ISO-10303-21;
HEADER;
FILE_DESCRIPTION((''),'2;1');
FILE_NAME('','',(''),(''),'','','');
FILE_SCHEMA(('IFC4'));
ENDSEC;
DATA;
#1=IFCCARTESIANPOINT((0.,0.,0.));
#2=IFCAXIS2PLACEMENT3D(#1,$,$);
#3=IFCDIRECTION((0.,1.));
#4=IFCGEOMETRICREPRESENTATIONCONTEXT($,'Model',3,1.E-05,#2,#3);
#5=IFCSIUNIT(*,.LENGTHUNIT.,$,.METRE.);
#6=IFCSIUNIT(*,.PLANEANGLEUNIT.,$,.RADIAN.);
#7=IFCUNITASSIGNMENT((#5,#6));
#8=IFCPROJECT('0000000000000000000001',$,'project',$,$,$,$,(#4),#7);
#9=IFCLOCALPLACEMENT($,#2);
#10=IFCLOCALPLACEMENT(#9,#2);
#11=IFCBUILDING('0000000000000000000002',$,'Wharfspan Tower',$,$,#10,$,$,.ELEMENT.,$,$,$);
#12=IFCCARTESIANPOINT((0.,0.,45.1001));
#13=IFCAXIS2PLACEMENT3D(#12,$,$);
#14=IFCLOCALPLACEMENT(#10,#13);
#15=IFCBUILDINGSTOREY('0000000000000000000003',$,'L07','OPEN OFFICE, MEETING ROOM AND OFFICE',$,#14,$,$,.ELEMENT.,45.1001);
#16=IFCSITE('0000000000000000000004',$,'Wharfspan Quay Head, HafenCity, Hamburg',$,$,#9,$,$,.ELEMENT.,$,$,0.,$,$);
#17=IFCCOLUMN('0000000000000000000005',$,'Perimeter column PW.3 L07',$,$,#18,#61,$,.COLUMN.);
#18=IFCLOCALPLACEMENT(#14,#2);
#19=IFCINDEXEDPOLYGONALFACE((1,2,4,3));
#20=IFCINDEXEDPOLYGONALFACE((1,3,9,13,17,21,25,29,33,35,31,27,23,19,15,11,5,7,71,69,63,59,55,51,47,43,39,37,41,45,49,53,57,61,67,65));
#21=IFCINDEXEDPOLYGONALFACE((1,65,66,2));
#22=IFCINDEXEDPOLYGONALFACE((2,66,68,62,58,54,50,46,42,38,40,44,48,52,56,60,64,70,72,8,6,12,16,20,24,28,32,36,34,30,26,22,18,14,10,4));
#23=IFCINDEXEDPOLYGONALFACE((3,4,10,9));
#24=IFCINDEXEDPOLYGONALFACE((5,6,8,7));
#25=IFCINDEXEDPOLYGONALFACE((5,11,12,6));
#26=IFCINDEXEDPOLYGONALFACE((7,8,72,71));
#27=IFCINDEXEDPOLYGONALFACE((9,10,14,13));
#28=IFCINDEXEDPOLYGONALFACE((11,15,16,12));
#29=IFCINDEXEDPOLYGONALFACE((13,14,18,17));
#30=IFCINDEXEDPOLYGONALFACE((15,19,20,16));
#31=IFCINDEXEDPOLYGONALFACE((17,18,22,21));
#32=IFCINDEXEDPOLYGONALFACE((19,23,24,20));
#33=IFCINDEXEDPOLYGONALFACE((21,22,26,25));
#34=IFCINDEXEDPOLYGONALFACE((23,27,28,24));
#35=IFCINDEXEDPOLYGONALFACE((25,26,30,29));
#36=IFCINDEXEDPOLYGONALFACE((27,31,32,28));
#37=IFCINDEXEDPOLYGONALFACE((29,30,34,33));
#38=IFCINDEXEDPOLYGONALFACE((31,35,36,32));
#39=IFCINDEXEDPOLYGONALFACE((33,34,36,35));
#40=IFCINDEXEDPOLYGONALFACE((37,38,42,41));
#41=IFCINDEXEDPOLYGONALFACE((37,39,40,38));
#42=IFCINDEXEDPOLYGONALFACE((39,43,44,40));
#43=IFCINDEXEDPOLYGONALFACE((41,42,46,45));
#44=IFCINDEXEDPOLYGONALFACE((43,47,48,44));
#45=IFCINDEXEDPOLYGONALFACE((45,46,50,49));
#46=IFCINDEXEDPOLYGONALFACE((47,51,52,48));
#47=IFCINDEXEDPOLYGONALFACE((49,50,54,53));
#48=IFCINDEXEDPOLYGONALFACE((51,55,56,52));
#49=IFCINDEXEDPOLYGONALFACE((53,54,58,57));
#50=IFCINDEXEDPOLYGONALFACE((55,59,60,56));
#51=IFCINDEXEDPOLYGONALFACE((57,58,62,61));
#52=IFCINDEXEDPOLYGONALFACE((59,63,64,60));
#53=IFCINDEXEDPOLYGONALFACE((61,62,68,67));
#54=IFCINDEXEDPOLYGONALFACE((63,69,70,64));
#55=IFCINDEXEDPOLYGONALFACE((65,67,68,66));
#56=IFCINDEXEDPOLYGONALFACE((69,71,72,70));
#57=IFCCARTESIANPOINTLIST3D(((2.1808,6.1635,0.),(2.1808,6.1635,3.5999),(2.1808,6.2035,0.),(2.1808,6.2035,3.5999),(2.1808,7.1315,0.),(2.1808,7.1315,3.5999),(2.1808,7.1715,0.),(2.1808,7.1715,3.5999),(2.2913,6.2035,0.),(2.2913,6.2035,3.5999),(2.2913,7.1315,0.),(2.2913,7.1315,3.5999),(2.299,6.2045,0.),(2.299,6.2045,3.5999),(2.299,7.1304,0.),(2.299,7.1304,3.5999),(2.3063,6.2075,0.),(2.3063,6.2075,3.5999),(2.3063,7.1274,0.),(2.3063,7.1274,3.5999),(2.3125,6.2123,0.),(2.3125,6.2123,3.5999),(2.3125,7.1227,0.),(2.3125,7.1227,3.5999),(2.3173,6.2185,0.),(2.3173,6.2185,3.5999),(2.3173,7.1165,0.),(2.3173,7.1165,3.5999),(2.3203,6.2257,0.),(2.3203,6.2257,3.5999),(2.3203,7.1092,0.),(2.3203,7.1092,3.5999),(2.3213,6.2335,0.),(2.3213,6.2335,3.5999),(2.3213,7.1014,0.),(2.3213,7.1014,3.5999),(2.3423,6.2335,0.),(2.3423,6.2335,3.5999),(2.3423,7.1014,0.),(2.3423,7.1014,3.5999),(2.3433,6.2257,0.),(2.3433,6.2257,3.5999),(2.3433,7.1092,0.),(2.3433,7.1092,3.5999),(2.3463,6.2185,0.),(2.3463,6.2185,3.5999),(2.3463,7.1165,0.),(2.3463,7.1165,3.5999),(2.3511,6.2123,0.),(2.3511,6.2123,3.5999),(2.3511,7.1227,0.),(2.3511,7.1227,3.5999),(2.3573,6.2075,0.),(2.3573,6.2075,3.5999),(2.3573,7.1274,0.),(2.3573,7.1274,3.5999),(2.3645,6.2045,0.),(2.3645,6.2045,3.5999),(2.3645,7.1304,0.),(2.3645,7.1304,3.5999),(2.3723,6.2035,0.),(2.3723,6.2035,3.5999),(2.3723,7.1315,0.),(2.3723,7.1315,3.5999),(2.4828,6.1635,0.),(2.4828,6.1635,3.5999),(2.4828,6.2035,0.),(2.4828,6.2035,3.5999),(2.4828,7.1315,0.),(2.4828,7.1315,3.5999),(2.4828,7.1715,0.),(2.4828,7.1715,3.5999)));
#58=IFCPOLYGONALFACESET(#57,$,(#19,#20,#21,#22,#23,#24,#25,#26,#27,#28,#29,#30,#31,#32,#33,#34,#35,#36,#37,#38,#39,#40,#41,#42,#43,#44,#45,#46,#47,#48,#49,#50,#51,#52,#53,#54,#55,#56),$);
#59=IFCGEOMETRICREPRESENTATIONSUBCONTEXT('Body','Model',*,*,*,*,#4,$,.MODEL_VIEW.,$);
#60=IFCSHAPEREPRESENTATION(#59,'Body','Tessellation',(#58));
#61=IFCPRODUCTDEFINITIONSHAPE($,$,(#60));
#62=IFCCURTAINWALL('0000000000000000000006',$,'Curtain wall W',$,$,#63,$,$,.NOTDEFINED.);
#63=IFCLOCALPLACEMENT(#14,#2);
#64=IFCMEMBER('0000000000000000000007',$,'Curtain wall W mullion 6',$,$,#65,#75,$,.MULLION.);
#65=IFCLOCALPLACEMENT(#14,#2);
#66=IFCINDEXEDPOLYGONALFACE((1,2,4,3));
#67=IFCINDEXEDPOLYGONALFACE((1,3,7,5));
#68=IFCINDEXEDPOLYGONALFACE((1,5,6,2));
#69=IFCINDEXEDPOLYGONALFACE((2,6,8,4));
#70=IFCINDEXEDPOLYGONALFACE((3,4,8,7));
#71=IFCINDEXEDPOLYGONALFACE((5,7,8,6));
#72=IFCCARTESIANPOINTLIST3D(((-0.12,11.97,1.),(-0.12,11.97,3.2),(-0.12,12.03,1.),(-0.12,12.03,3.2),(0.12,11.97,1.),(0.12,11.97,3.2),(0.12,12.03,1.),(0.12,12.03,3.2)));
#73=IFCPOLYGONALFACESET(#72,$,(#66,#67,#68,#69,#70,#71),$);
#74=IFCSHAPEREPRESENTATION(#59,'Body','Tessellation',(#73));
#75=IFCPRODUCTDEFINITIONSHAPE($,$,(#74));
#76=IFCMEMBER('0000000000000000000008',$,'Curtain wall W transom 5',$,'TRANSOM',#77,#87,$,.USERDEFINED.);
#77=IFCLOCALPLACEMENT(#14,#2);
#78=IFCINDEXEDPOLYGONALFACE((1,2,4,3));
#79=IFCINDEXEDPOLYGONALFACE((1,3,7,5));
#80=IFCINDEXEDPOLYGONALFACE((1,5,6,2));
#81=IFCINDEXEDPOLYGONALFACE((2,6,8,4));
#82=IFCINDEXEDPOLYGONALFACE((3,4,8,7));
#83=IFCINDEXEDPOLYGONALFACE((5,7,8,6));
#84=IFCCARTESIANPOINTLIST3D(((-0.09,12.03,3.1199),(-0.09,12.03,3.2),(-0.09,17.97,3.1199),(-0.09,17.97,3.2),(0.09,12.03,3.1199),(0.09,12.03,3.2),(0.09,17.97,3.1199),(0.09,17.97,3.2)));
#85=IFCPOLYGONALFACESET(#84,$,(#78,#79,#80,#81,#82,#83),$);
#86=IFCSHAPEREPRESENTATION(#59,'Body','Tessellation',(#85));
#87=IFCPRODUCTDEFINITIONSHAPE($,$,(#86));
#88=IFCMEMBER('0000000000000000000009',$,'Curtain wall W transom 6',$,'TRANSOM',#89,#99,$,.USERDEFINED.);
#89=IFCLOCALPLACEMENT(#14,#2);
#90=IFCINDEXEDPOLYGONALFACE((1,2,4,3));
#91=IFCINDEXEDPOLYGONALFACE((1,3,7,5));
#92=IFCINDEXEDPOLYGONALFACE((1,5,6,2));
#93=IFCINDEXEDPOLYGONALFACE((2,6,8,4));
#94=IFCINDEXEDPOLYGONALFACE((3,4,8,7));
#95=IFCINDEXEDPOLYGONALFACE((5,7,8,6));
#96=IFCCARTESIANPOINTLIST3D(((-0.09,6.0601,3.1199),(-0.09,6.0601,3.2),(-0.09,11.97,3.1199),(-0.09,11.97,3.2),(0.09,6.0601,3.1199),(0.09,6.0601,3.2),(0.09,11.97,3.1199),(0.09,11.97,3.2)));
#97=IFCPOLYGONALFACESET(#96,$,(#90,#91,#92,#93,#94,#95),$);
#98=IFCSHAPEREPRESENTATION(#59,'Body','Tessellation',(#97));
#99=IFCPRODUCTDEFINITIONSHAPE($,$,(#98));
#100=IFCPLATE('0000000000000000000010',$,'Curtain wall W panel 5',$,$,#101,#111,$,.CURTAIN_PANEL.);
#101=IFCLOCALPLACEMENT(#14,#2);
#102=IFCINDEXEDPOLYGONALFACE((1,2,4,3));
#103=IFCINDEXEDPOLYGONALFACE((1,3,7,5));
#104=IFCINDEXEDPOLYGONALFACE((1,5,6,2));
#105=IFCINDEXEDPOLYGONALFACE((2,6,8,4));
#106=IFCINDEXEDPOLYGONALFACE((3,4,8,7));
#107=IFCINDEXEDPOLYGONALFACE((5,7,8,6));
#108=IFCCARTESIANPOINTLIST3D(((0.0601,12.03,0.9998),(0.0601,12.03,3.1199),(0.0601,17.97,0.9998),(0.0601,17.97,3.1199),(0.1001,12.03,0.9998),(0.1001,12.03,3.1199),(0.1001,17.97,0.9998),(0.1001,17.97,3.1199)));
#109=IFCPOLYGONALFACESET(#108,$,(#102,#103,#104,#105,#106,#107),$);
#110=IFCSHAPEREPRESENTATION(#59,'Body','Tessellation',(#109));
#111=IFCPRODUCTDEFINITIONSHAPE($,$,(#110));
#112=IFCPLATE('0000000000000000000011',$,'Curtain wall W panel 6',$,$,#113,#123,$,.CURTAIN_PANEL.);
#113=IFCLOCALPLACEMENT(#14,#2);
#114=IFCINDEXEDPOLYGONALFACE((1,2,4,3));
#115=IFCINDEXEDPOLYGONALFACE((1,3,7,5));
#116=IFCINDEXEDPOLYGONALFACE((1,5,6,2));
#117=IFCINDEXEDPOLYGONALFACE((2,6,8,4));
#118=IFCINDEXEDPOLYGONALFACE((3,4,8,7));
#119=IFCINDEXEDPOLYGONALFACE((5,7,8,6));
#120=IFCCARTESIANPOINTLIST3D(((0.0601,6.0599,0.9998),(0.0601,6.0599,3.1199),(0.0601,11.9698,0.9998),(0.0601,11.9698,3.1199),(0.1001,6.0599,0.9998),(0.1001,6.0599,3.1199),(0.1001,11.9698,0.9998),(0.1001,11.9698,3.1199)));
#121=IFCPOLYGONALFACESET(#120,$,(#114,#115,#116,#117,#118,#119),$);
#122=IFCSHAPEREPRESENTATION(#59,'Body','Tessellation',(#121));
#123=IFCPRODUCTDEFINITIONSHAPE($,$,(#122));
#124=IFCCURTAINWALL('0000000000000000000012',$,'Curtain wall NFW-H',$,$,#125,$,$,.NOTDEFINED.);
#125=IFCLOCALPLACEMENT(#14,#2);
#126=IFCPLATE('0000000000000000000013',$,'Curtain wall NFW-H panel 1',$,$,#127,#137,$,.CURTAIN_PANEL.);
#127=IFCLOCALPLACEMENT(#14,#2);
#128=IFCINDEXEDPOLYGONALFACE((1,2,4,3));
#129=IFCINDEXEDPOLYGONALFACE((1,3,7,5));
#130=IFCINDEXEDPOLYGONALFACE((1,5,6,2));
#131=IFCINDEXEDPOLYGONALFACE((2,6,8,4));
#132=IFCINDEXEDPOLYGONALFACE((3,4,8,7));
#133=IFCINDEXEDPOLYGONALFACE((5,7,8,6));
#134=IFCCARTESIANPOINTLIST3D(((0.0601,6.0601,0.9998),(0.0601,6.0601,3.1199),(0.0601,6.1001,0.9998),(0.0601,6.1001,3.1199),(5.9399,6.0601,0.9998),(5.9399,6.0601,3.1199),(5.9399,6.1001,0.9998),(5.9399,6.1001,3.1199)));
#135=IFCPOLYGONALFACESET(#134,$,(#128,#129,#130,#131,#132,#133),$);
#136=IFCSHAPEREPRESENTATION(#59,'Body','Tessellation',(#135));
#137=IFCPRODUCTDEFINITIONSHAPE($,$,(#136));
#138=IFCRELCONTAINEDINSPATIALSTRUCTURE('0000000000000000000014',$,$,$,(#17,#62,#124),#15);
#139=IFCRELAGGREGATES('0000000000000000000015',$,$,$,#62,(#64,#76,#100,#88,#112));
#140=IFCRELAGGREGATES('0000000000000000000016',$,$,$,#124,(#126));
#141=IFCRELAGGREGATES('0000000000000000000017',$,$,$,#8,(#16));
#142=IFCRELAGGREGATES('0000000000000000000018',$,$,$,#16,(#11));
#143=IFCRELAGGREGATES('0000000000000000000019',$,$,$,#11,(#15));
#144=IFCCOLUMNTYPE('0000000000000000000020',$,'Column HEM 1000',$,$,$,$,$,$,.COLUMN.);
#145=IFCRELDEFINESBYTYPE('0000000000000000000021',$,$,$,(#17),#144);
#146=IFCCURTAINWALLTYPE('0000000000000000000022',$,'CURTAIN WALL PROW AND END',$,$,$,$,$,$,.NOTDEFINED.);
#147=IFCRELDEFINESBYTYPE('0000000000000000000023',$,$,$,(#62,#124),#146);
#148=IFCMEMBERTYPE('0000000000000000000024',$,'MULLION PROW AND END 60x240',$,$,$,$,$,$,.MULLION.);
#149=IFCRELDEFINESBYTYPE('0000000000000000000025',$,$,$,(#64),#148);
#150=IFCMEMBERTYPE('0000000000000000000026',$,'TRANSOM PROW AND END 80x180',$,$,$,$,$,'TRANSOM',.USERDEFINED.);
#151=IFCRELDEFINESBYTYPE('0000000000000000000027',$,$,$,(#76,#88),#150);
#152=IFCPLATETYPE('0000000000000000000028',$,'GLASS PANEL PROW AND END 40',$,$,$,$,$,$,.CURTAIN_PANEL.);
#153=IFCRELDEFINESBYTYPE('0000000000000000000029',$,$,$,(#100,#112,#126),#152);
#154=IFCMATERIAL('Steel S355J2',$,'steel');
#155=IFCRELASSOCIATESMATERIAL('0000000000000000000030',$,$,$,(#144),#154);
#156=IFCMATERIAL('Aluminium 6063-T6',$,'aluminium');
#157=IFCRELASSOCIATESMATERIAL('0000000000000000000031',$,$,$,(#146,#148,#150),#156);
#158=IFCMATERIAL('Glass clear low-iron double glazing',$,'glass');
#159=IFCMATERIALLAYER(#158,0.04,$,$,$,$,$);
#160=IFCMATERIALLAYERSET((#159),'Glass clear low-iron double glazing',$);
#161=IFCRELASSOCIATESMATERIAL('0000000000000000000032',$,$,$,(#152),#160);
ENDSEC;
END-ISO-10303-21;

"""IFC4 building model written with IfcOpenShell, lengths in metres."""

from ifc_helpers import new_model, si_unit, direction, frame, origin, origin_2d, place, context, subcontext, project, spatial, rectangle, i_section, extrude, material, layer, layer_set, material_profile, profile_set, type_object, element, aggregate, save


model = new_model("IFC4")

# Units and contexts
model_context = context("Model", 3, precision=1e-05, world=origin(), true_north=direction((0.0, 1.0)))
body_context = subcontext(model_context, "Body", "Model", "MODEL_VIEW")
ifc_project = project(units=[si_unit("LENGTHUNIT", "METRE"), si_unit("PLANEANGLEUNIT", "RADIAN")], contexts=[model_context])

# Site, building, storey
site_placement = place(None, origin())
site = spatial("IfcSite", under=ifc_project, at=site_placement, Name="Wharfspan Quay Head, HafenCity, Hamburg", CompositionType="ELEMENT", RefElevation=0.0)
building_placement = place(site_placement, origin())
building = spatial("IfcBuilding", under=site, at=building_placement, Name="Wharfspan Tower", CompositionType="ELEMENT")
storey_placement = place(building_placement, frame((0.0, 0.0, 45.1001)))
storey = spatial("IfcBuildingStorey", under=building, at=storey_placement, Name="L07", Description="OPEN OFFICE, MEETING ROOM AND OFFICE", CompositionType="ELEMENT", Elevation=45.1001)

# Column
ifc_material_1 = material(Name="Steel S355J2", Category="steel")
ifc_material_profile_1 = material_profile(ifc_material_1, i_section(OverallWidth=0.302, OverallDepth=1.0081, WebThickness=0.021, FlangeThickness=0.04, FilletRadius=0.03, at=origin_2d()))
ifc_profile_set_1 = profile_set([ifc_material_profile_1], Name="Steel S355J2")
column_type = type_object("IfcColumnType", Name="Column HEM 1000", PredefinedType="COLUMN", material=ifc_profile_set_1)
column_placement = place(storey_placement, frame((2.3318, 6.6675, 0.0), z_axis=(0.0, 0.0, 1.0), x_axis=(-1.0, 0.0, 0.0)))
element("IfcColumn", 1, at=column_placement, inside=storey, type_object=column_type, Name="Perimeter column PW.3 L07", PredefinedType="COLUMN", context=body_context, shape_type="SweptSolid", body=[
    extrude(i_section(OverallWidth=0.302, OverallDepth=1.0081, WebThickness=0.021, FlangeThickness=0.04, FilletRadius=0.03, at=origin_2d()), origin(), (0.0, 0.0, 1.0), 3.5999),
])

# Curtain wall, members, plates
ifc_material_2 = material(Name="Aluminium 6063-T6", Category="aluminium")
curtain_wall_type = type_object("IfcCurtainWallType", Name="CURTAIN WALL PROW AND END", PredefinedType="NOTDEFINED", material=ifc_material_2)
curtain_wall_1_placement = place(storey_placement, origin())
curtain_wall_1 = element("IfcCurtainWall", 2, at=curtain_wall_1_placement, inside=storey, type_object=curtain_wall_type, Name="Curtain wall W", PredefinedType="NOTDEFINED")
ifc_material_profile_2 = material_profile(ifc_material_2, rectangle(XDim=0.24, YDim=0.0601, at=origin_2d()))
ifc_profile_set_2 = profile_set([ifc_material_profile_2], Name="Aluminium 6063-T6")
member_type_1 = type_object("IfcMemberType", Name="MULLION PROW AND END 60x240", PredefinedType="MULLION", material=ifc_profile_set_2)
member_1_placement = place(storey_placement, frame((0.0, 12.0, 1.0), z_axis=(0.0, 0.0, 1.0), x_axis=(1.0, 0.0, 0.0)))
member_1 = element("IfcMember", 3, at=member_1_placement, type_object=member_type_1, Name="Curtain wall W mullion 6", PredefinedType="MULLION", context=body_context, shape_type="SweptSolid", body=[
    extrude(rectangle(XDim=0.24, YDim=0.0601, at=origin_2d()), origin(), (0.0, 0.0, 1.0), 2.2),
])
ifc_material_profile_3 = material_profile(ifc_material_2, rectangle(XDim=0.1799, YDim=0.0801, at=origin_2d()))
ifc_profile_set_3 = profile_set([ifc_material_profile_3], Name="Aluminium 6063-T6")
member_type_2 = type_object("IfcMemberType", Name="TRANSOM PROW AND END 80x180", ElementType="TRANSOM", PredefinedType="USERDEFINED", material=ifc_profile_set_3)
member_2_placement = place(storey_placement, frame((0.0, 17.97, 3.1599), z_axis=(0.0, -1.0, 0.0), x_axis=(1.0, 0.0, 0.0)))
member_2 = element("IfcMember", 4, at=member_2_placement, type_object=member_type_2, Name="Curtain wall W transom 5", ObjectType="TRANSOM", PredefinedType="USERDEFINED", context=body_context, shape_type="SweptSolid", body=[
    extrude(rectangle(XDim=0.1799, YDim=0.0801, at=origin_2d()), origin(), (0.0, 0.0, 1.0), 5.9399),
])
member_3_placement = place(storey_placement, frame((0.0, 11.97, 3.1599), z_axis=(0.0, -1.0, 0.0), x_axis=(1.0, 0.0, 0.0)))
member_3 = element("IfcMember", 5, at=member_3_placement, type_object=member_type_2, Name="Curtain wall W transom 6", ObjectType="TRANSOM", PredefinedType="USERDEFINED", context=body_context, shape_type="SweptSolid", body=[
    extrude(rectangle(XDim=0.1799, YDim=0.0801, at=origin_2d()), origin(), (0.0, 0.0, 1.0), 5.9099),
])
ifc_material_3 = material(Name="Glass clear low-iron double glazing", Category="glass")
ifc_layer_1 = layer(ifc_material_3, 0.04)
ifc_layer_set_1 = layer_set([ifc_layer_1], Name="Glass clear low-iron double glazing")
plate_type = type_object("IfcPlateType", Name="GLASS PANEL PROW AND END 40", PredefinedType="CURTAIN_PANEL", material=ifc_layer_set_1)
plate_1_placement = place(storey_placement, frame((0.0801, 15.0, 0.9998), z_axis=(0.0, 0.0, 1.0), x_axis=(0.0, -1.0, 0.0)))
plate_1 = element("IfcPlate", 6, at=plate_1_placement, type_object=plate_type, Name="Curtain wall W panel 5", PredefinedType="CURTAIN_PANEL", context=body_context, shape_type="SweptSolid", body=[
    extrude(rectangle(XDim=5.9399, YDim=0.04, at=origin_2d()), origin(), (0.0, 0.0, 1.0), 2.1201),
])
plate_2_placement = place(storey_placement, frame((0.0801, 9.0149, 0.9998), z_axis=(0.0, 0.0, 1.0), x_axis=(0.0, -1.0, 0.0)))
plate_2 = element("IfcPlate", 7, at=plate_2_placement, type_object=plate_type, Name="Curtain wall W panel 6", PredefinedType="CURTAIN_PANEL", context=body_context, shape_type="SweptSolid", body=[
    extrude(rectangle(XDim=5.9099, YDim=0.04, at=origin_2d()), origin(), (0.0, 0.0, 1.0), 2.1201),
])
aggregate(curtain_wall_1, [member_1, member_2, plate_1, member_3, plate_2])

# Curtain wall, plate
curtain_wall_2_placement = place(storey_placement, origin())
curtain_wall_2 = element("IfcCurtainWall", 8, at=curtain_wall_2_placement, inside=storey, type_object=curtain_wall_type, Name="Curtain wall NFW-H", PredefinedType="NOTDEFINED")
plate_3_placement = place(storey_placement, frame((3.0, 6.0801, 0.9998), z_axis=(0.0, 0.0, 1.0), x_axis=(1.0, 0.0, 0.0)))
plate_3 = element("IfcPlate", 9, at=plate_3_placement, type_object=plate_type, Name="Curtain wall NFW-H panel 1", PredefinedType="CURTAIN_PANEL", context=body_context, shape_type="SweptSolid", body=[
    extrude(rectangle(XDim=5.8799, YDim=0.04, at=origin_2d()), origin(), (0.0, 0.0, 1.0), 2.1201),
])
aggregate(curtain_wall_2, [plate_3])

save(model, "model.ifc")
